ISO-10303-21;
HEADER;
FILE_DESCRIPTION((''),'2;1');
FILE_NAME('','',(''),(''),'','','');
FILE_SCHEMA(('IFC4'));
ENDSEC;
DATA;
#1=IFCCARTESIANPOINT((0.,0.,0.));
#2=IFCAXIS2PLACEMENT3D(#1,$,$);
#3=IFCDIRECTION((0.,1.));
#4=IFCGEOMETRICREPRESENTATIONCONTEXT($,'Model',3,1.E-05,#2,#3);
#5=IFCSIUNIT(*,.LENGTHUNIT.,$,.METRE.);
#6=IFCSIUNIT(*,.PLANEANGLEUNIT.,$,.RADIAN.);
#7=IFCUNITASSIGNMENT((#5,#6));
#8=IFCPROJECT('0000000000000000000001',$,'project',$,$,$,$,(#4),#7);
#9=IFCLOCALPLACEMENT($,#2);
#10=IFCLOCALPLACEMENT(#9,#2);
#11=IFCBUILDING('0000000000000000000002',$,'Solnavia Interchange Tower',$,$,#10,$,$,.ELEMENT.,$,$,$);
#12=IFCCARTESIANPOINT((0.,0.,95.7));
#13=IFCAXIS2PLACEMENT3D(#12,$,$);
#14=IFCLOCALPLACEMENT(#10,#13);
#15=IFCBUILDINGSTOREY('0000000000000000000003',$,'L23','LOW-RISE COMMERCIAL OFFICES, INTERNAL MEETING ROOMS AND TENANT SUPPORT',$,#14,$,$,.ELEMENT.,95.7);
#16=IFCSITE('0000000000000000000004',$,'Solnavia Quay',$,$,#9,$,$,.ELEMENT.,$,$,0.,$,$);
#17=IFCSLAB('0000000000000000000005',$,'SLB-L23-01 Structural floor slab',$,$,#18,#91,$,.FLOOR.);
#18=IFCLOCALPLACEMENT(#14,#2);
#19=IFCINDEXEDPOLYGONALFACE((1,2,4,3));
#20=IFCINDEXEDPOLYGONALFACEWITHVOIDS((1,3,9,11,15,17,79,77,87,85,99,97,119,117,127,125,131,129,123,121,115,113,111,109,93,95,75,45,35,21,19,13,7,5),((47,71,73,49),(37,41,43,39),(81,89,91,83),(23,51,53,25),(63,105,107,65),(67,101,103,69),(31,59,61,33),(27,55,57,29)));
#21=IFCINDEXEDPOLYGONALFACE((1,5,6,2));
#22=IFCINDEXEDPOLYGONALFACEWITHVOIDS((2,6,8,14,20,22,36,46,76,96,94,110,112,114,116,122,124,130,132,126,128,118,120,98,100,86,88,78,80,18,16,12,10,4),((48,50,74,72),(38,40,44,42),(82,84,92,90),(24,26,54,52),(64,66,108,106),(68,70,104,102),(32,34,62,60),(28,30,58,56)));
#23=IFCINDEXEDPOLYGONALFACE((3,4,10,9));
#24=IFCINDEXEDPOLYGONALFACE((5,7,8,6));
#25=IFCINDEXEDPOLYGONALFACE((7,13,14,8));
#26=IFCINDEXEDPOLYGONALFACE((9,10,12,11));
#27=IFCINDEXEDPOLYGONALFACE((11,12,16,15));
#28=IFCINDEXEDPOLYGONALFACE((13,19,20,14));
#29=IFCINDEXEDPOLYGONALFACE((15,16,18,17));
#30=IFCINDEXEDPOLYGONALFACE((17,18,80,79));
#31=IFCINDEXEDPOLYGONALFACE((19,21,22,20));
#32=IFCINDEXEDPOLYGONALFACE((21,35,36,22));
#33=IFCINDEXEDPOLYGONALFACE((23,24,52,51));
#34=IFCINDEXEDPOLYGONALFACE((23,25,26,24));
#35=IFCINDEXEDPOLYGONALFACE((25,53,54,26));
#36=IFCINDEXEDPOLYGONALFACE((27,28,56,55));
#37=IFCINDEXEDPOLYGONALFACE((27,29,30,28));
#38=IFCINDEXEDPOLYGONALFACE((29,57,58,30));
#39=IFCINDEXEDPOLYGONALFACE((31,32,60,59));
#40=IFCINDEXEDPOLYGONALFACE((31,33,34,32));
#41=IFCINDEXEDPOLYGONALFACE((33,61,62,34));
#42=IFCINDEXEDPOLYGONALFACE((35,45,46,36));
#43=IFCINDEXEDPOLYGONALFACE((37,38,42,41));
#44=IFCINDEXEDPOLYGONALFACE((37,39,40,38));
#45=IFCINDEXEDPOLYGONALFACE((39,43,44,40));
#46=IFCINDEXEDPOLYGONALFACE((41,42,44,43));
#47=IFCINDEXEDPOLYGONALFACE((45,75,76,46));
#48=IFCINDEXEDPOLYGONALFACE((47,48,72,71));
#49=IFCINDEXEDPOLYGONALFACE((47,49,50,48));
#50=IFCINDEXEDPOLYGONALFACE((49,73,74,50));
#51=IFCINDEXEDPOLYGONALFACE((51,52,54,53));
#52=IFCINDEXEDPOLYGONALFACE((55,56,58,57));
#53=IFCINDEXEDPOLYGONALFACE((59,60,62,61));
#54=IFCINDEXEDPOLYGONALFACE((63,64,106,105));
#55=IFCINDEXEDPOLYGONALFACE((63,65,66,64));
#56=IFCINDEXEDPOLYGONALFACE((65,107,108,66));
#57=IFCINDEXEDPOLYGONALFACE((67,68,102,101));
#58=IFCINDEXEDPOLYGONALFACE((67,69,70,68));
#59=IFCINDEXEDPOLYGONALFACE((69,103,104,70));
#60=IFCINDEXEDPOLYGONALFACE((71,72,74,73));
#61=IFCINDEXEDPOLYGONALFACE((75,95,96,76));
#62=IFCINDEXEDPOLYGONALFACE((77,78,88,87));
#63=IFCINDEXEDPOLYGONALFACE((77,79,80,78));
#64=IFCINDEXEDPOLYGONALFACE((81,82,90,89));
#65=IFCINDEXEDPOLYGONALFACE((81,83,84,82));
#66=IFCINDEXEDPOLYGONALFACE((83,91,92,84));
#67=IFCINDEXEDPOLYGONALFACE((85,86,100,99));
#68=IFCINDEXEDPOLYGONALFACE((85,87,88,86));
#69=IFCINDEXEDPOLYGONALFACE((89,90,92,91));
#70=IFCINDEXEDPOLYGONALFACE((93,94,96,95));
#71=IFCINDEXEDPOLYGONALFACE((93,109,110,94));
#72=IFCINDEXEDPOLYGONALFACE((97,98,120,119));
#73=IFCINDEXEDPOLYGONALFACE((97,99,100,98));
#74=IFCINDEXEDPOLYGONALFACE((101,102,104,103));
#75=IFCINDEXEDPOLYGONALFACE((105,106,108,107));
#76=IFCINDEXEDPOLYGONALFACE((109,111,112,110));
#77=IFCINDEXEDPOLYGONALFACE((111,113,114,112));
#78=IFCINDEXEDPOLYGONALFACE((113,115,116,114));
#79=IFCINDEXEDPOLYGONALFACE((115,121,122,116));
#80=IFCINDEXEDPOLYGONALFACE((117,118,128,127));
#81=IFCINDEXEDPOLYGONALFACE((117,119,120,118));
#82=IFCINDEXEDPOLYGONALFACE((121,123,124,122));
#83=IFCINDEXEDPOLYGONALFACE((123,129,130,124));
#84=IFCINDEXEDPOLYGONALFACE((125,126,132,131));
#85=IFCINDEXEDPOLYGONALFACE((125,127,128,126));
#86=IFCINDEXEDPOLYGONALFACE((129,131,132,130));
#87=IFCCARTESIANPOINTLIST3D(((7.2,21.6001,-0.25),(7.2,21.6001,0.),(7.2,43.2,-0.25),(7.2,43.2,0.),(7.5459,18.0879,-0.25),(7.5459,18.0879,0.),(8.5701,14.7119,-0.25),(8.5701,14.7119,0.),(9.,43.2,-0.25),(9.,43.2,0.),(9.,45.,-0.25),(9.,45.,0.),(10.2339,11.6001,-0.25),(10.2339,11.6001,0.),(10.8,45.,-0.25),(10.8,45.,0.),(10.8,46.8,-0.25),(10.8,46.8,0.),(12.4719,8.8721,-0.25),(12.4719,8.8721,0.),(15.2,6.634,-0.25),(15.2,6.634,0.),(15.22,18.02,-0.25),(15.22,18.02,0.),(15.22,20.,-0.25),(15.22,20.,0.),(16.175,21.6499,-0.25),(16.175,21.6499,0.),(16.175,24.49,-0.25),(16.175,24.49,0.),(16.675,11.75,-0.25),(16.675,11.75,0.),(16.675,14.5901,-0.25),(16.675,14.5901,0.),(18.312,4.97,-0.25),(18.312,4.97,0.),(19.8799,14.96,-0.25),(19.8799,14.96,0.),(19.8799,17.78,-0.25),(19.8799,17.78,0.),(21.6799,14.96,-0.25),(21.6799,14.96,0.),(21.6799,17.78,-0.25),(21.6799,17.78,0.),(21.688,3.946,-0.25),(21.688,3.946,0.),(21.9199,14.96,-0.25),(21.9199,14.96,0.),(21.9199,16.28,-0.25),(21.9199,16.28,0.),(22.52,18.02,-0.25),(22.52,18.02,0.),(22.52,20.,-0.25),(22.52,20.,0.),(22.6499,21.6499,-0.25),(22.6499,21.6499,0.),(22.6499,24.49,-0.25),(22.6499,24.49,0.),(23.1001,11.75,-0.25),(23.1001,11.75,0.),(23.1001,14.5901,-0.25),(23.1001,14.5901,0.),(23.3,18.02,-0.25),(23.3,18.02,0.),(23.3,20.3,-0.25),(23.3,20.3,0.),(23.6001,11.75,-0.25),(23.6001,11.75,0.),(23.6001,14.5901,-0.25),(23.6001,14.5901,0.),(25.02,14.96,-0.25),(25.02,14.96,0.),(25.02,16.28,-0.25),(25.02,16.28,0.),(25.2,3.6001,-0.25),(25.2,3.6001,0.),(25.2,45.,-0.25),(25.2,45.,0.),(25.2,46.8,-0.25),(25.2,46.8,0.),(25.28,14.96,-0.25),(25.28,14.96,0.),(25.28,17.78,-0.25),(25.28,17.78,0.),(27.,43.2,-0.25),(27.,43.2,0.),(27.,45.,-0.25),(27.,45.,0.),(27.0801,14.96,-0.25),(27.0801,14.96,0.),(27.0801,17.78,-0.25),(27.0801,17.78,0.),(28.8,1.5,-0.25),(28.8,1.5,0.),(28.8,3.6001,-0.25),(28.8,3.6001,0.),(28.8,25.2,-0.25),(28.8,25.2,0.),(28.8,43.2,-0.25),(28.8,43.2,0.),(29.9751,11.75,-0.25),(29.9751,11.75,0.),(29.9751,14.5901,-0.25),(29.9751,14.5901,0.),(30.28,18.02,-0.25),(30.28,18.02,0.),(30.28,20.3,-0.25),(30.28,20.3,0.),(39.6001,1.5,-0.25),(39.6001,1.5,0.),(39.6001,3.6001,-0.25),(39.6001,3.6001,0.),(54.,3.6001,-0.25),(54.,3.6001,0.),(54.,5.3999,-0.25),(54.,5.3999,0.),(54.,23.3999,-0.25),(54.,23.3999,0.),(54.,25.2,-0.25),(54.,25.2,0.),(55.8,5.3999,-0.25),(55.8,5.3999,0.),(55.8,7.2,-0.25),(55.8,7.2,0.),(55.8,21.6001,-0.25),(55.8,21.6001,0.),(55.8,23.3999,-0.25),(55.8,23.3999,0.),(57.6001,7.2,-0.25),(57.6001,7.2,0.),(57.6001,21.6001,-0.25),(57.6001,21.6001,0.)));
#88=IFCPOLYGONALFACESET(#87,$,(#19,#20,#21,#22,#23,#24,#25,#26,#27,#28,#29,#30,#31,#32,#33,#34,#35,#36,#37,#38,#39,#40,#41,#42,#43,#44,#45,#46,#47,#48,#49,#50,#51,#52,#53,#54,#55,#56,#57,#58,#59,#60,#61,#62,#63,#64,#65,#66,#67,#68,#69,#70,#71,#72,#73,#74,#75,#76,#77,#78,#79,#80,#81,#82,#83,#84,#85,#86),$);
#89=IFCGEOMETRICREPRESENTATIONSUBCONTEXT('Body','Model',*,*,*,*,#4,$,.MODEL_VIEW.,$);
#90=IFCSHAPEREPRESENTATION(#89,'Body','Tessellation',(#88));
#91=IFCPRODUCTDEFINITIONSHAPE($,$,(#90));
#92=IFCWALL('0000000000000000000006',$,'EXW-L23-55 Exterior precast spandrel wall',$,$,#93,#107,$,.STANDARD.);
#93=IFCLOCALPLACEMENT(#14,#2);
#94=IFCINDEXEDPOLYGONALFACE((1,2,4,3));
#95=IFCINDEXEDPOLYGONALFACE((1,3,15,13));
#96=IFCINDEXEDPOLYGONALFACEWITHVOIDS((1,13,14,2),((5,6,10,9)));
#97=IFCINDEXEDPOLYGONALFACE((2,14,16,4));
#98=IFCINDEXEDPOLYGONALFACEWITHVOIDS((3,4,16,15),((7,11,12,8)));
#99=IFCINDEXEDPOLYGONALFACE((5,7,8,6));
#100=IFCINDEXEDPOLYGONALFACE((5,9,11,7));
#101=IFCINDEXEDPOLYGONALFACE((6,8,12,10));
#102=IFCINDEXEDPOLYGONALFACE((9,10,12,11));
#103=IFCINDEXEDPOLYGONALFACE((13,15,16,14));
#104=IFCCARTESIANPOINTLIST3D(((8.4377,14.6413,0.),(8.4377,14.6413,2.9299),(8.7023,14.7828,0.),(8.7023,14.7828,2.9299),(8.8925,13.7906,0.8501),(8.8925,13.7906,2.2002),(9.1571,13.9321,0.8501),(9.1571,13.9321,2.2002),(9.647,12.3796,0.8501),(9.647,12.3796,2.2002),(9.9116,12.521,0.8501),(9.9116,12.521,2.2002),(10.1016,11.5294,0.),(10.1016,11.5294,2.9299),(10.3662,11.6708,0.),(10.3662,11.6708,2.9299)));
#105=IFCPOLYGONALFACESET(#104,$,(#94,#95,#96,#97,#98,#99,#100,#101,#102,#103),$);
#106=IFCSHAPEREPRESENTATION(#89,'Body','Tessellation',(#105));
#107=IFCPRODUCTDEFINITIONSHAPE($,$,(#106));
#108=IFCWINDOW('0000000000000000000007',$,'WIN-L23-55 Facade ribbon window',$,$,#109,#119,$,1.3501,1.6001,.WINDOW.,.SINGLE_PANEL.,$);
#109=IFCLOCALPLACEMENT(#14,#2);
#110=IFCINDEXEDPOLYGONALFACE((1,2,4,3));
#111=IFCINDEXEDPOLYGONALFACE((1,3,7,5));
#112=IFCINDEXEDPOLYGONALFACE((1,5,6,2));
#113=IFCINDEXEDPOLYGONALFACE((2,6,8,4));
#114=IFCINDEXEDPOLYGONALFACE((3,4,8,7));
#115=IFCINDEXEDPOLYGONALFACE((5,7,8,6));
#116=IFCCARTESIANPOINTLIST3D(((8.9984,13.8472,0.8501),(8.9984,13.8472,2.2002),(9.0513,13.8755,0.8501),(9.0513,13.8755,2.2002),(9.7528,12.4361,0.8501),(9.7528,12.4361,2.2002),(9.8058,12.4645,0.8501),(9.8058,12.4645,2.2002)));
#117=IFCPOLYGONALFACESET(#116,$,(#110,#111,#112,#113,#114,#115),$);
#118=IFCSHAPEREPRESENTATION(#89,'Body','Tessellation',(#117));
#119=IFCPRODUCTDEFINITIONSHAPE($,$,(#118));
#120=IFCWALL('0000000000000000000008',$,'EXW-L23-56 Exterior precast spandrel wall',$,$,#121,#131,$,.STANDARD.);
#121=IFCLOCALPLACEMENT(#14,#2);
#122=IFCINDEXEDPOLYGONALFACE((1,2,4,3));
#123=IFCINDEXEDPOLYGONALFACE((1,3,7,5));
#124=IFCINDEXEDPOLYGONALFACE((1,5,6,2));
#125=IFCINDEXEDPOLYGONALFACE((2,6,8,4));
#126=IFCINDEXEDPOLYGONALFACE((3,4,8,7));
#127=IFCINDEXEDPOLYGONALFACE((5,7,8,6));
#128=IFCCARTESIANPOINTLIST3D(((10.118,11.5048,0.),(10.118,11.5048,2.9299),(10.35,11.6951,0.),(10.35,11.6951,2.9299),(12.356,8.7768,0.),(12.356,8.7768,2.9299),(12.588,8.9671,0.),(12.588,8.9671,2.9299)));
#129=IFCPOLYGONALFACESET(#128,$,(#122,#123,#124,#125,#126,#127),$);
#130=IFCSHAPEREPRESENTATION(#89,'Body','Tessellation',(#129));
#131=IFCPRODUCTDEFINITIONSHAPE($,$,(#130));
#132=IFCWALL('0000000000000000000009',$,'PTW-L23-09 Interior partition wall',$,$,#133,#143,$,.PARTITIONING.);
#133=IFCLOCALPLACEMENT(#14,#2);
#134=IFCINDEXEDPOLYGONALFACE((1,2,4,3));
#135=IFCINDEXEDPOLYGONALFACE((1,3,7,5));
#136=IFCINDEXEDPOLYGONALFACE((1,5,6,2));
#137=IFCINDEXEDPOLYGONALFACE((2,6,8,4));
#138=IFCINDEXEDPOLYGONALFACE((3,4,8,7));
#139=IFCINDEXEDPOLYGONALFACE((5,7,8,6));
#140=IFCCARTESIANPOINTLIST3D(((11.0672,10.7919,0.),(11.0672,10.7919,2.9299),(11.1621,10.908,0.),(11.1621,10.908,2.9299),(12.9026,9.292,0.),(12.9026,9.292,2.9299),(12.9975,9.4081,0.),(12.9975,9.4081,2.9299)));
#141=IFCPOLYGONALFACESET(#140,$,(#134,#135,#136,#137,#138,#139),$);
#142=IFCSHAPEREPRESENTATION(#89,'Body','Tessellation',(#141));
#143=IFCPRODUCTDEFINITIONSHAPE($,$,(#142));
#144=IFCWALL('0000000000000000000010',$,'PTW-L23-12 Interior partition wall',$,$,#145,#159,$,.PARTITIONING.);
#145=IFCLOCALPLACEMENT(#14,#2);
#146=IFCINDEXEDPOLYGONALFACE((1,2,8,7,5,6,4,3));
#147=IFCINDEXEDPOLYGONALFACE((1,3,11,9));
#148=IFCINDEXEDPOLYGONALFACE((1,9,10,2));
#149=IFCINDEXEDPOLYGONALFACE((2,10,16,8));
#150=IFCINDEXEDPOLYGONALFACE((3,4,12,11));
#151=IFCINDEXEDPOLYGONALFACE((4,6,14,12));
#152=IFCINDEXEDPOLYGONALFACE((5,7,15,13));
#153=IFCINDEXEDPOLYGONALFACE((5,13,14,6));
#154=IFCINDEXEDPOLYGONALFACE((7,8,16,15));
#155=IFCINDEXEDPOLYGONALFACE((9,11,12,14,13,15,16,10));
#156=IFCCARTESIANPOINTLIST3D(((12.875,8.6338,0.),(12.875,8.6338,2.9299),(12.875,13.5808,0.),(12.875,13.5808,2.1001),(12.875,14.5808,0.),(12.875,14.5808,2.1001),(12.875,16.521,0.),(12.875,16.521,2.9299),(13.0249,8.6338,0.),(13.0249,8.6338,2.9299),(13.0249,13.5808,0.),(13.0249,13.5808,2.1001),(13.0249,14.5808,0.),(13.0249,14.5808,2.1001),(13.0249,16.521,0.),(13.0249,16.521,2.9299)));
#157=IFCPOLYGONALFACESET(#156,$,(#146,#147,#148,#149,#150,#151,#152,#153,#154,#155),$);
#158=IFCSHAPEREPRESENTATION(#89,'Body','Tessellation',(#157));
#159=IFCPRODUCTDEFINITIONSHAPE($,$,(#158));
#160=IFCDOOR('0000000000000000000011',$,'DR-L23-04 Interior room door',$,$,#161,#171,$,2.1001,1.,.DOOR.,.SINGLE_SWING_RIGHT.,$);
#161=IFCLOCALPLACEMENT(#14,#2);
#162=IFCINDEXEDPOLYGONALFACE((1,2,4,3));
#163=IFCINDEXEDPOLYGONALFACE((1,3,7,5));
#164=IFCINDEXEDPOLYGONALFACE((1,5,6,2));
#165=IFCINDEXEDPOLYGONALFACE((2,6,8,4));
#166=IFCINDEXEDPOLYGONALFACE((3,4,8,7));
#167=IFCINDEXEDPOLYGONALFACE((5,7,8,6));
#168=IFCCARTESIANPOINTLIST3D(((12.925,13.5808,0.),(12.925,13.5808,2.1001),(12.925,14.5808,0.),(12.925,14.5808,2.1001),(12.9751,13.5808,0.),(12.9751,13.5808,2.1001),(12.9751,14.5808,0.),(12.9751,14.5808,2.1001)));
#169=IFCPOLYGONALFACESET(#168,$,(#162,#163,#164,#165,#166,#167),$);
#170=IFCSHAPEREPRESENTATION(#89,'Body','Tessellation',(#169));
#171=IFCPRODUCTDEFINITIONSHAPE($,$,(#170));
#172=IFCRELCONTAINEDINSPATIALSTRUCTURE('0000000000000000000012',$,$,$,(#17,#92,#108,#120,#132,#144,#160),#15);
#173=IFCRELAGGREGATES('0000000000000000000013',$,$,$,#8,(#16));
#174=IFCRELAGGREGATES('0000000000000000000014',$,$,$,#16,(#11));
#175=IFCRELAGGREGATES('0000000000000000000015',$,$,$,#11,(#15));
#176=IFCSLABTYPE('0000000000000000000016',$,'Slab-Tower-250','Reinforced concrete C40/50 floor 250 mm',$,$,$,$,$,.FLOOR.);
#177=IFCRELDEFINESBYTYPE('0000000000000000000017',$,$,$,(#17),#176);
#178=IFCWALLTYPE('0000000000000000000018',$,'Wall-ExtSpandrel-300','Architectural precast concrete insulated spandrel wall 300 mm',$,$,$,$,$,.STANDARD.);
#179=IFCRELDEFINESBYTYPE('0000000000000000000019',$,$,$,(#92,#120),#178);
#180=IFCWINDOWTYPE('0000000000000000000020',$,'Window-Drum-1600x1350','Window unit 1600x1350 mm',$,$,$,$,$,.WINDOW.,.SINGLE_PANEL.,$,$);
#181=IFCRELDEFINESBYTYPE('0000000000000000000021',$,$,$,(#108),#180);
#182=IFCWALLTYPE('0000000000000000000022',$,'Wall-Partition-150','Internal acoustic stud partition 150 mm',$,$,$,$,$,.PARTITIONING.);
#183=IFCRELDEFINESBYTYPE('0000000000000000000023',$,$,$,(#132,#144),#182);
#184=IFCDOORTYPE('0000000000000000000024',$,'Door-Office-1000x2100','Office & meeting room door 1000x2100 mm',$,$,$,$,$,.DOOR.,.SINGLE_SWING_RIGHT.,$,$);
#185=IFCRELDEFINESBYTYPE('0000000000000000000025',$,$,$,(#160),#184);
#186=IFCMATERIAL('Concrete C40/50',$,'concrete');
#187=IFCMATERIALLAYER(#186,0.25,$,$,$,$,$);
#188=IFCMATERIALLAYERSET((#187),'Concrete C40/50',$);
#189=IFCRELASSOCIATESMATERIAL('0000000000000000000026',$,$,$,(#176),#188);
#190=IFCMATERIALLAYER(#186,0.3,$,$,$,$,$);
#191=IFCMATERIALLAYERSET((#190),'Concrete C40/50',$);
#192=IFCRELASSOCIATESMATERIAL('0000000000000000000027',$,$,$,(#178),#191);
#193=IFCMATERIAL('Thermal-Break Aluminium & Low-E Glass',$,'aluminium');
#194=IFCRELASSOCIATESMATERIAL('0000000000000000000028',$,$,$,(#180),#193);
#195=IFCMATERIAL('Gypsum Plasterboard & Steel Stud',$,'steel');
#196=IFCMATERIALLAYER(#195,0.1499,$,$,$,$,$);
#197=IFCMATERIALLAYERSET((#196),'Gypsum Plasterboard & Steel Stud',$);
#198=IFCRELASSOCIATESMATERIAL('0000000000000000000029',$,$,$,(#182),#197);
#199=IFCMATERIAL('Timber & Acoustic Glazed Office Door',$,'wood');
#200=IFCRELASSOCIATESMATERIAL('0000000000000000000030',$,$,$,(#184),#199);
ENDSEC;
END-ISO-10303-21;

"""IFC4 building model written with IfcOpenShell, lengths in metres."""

from ifc_helpers import new_model, si_unit, direction, frame, frame_2d, origin, place, context, subcontext, project, spatial, polyline, rectangle, outline, extrude, material, layer, layer_set, type_object, element, fill, save


model = new_model("IFC4")

# Units and contexts
model_context = context("Model", 3, precision=1e-05, world=origin(), true_north=direction((0.0, 1.0)))
body_context = subcontext(model_context, "Body", "Model", "MODEL_VIEW")
ifc_project = project(units=[si_unit("LENGTHUNIT", "METRE"), si_unit("PLANEANGLEUNIT", "RADIAN")], contexts=[model_context])

# Site, building, storey
site_placement = place(None, origin())
site = spatial("IfcSite", under=ifc_project, at=site_placement, Name="Solnavia Quay", CompositionType="ELEMENT", RefElevation=0.0)
building_placement = place(site_placement, origin())
building = spatial("IfcBuilding", under=site, at=building_placement, Name="Solnavia Interchange Tower", CompositionType="ELEMENT")
storey_placement = place(building_placement, frame((0.0, 0.0, 95.7)))
storey = spatial("IfcBuildingStorey", under=building, at=storey_placement, Name="L23", Description="LOW-RISE COMMERCIAL OFFICES, INTERNAL MEETING ROOMS AND TENANT SUPPORT", CompositionType="ELEMENT", Elevation=95.7)

# Shared definitions
ifc_material_1 = material(Name="Concrete C40/50", Category="concrete")

# Slab
ifc_layer_1 = layer(ifc_material_1, 0.25)
ifc_layer_set_1 = layer_set([ifc_layer_1], Name="Concrete C40/50")
slab_type_1 = type_object("IfcSlabType", Name="Slab-Tower-250", Description="Reinforced concrete C40/50 floor 250 mm", PredefinedType="FLOOR", material=ifc_layer_set_1)
slab_1_placement = place(storey_placement, frame((0.0, 0.0, -0.25)))
element("IfcSlab", 1, at=slab_1_placement, inside=storey, type_object=slab_type_1, Name="SLB-L23-01 Structural floor slab", PredefinedType="FLOOR", context=body_context, shape_type="SweptSolid", body=[
    extrude(outline(polyline([(25.2, 3.6001), (28.8, 3.6001), (28.8, 1.5), (39.6001, 1.5), (39.6001, 3.6001), (54.0, 3.6001), (54.0, 5.3999), (55.8, 5.3999), (55.8, 7.2), (57.6001, 7.2), (57.6001, 21.6001), (55.8, 21.6001), (55.8, 23.3999), (54.0, 23.3999), (54.0, 25.2), (28.8, 25.2), (28.8, 43.2), (27.0, 43.2), (27.0, 45.0), (25.2, 45.0), (25.2, 46.8), (10.8, 46.8), (10.8, 45.0), (9.0, 45.0), (9.0, 43.2), (7.2, 43.2), (7.2, 21.6001), (7.5459, 18.0879), (8.5701, 14.7119), (10.2339, 11.6001), (12.4719, 8.8721), (15.2, 6.634), (18.312, 4.97), (21.688, 3.946), (25.2, 3.6001)]), holes=[polyline([(16.675, 11.75), (23.1001, 11.75), (23.1001, 14.5901), (16.675, 14.5901), (16.675, 11.75)]), polyline([(23.6001, 11.75), (29.9751, 11.75), (29.9751, 14.5901), (23.6001, 14.5901), (23.6001, 11.75)]), polyline([(16.175, 21.6499), (22.6499, 21.6499), (22.6499, 24.49), (16.175, 24.49), (16.175, 21.6499)]), polyline([(19.8799, 14.96), (21.6799, 14.96), (21.6799, 17.78), (19.8799, 17.78), (19.8799, 14.96)]), polyline([(25.28, 14.96), (27.0801, 14.96), (27.0801, 17.78), (25.28, 17.78), (25.28, 14.96)]), polyline([(21.9199, 14.96), (25.02, 14.96), (25.02, 16.28), (21.9199, 16.28), (21.9199, 14.96)]), polyline([(15.22, 18.02), (22.52, 18.02), (22.52, 20.0), (15.22, 20.0), (15.22, 18.02)]), polyline([(23.3, 18.02), (30.28, 18.02), (30.28, 20.3), (23.3, 20.3), (23.3, 18.02)])]), origin(), (0.0, 0.0, 1.0), 0.25),
])

# Wall, opening, window
ifc_layer_2 = layer(ifc_material_1, 0.3)
ifc_layer_set_2 = layer_set([ifc_layer_2], Name="Concrete C40/50")
wall_type_1 = type_object("IfcWallType", Name="Wall-ExtSpandrel-300", Description="Architectural precast concrete insulated spandrel wall 300 mm", PredefinedType="STANDARD", material=ifc_layer_set_2)
wall_1_placement = place(storey_placement, frame((10.2339, 11.6001, 0.0), z_axis=(0.0, 0.0, 1.0), x_axis=(-0.471511, 0.88186, 0.0)))
wall_1 = element("IfcWall", 2, at=wall_1_placement, inside=storey, type_object=wall_type_1, Name="EXW-L23-55 Exterior precast spandrel wall", PredefinedType="STANDARD", context=body_context, shape_type="SweptSolid", body=[
    extrude(rectangle(XDim=3.5288, YDim=0.3, at=frame_2d((1.7644, 0.0))), origin(), (0.0, 0.0, 1.0), 2.9299),
])
opening_1_placement = place(wall_1_placement, frame((0.9641, 0.0, 0.8501)))
opening_1 = element("IfcOpeningElement", 3, at=opening_1_placement, cuts=wall_1, PredefinedType="OPENING", context=body_context, shape_type="SweptSolid", body=[
    extrude(rectangle(XDim=1.6001, YDim=1.3501, at=frame_2d((0.8, 0.675))), frame((0.0, 0.1602, 0.0), z_axis=(0.0, -1.0, 0.0), x_axis=(1.0, 0.0, 0.0)), (0.0, 0.0, 1.0), 0.3201),
])
ifc_material_2 = material(Name="Thermal-Break Aluminium & Low-E Glass", Category="aluminium")
window_type = type_object("IfcWindowType", Name="Window-Drum-1600x1350", Description="Window unit 1600x1350 mm", PartitioningType="SINGLE_PANEL", PredefinedType="WINDOW", material=ifc_material_2)
window_placement = place(opening_1_placement, origin())
window = element("IfcWindow", 4, at=window_placement, inside=storey, type_object=window_type, Name="WIN-L23-55 Facade ribbon window", OverallHeight=1.3501, OverallWidth=1.6001, PartitioningType="SINGLE_PANEL", PredefinedType="WINDOW", context=body_context, shape_type="SweptSolid", body=[
    extrude(rectangle(XDim=1.6001, YDim=1.3501, at=frame_2d((0.8, 0.675))), frame((0.0, 0.03, 0.0), z_axis=(0.0, -1.0, 0.0), x_axis=(1.0, 0.0, 0.0)), (0.0, 0.0, 1.0), 0.0601),
])
fill(opening_1, window)

# Walls
wall_2_placement = place(storey_placement, frame((12.4719, 8.8721, 0.0), z_axis=(0.0, 0.0, 1.0), x_axis=(-0.634258, 0.773121, 0.0)))
element("IfcWall", 5, at=wall_2_placement, inside=storey, type_object=wall_type_1, Name="EXW-L23-56 Exterior precast spandrel wall", PredefinedType="STANDARD", context=body_context, shape_type="SweptSolid", body=[
    extrude(rectangle(XDim=3.5286, YDim=0.3, at=frame_2d((1.7642, 0.0))), origin(), (0.0, 0.0, 1.0), 2.9299),
])
ifc_material_3 = material(Name="Gypsum Plasterboard & Steel Stud", Category="steel")
ifc_layer_3 = layer(ifc_material_3, 0.1499)
ifc_layer_set_3 = layer_set([ifc_layer_3], Name="Gypsum Plasterboard & Steel Stud")
wall_type_2 = type_object("IfcWallType", Name="Wall-Partition-150", Description="Internal acoustic stud partition 150 mm", PredefinedType="PARTITIONING", material=ifc_layer_set_3)
wall_3_placement = place(storey_placement, frame((12.95, 9.3501, 0.0), z_axis=(0.0, 0.0, 1.0), x_axis=(-0.774315, 0.6328, 0.0)))
element("IfcWall", 6, at=wall_3_placement, inside=storey, type_object=wall_type_2, Name="PTW-L23-09 Interior partition wall", PredefinedType="PARTITIONING", context=body_context, shape_type="SweptSolid", body=[
    extrude(rectangle(XDim=2.3704, YDim=0.1499, at=frame_2d((1.1851, 0.0))), origin(), (0.0, 0.0, 1.0), 2.9299),
])

# Wall, opening, door
wall_4_placement = place(storey_placement, frame((12.95, 8.6338, 0.0), z_axis=(0.0, 0.0, 1.0), x_axis=(0.0, 1.0, 0.0)))
wall_4 = element("IfcWall", 7, at=wall_4_placement, inside=storey, type_object=wall_type_2, Name="PTW-L23-12 Interior partition wall", PredefinedType="PARTITIONING", context=body_context, shape_type="SweptSolid", body=[
    extrude(rectangle(XDim=7.8872, YDim=0.1499, at=frame_2d((3.9436, 0.0))), origin(), (0.0, 0.0, 1.0), 2.9299),
])
opening_2_placement = place(wall_4_placement, frame((4.947, 0.0, 0.0)))
opening_2 = element("IfcOpeningElement", 8, at=opening_2_placement, cuts=wall_4, PredefinedType="OPENING", context=body_context, shape_type="SweptSolid", body=[
    extrude(rectangle(XDim=1.0, YDim=2.1001, at=frame_2d((0.5, 1.05))), frame((0.0, 0.085, 0.0), z_axis=(0.0, -1.0, 0.0), x_axis=(1.0, 0.0, 0.0)), (0.0, 0.0, 1.0), 0.1699),
])
ifc_material_4 = material(Name="Timber & Acoustic Glazed Office Door", Category="wood")
door_type_1 = type_object("IfcDoorType", Name="Door-Office-1000x2100", Description="Office & meeting room door 1000x2100 mm", OperationType="SINGLE_SWING_RIGHT", PredefinedType="DOOR", material=ifc_material_4)
door_1_placement = place(opening_2_placement, origin())
door_1 = element("IfcDoor", 9, at=door_1_placement, inside=storey, type_object=door_type_1, Name="DR-L23-04 Interior room door", OperationType="SINGLE_SWING_RIGHT", OverallHeight=2.1001, OverallWidth=1.0, PredefinedType="DOOR", context=body_context, shape_type="SweptSolid", body=[
    extrude(rectangle(XDim=1.0, YDim=2.1001, at=frame_2d((0.5, 1.05))), frame((0.0, 0.0249, 0.0), z_axis=(0.0, -1.0, 0.0), x_axis=(1.0, 0.0, 0.0)), (0.0, 0.0, 1.0), 0.05),
])
fill(opening_2, door_1)

save(model, "model.ifc")
